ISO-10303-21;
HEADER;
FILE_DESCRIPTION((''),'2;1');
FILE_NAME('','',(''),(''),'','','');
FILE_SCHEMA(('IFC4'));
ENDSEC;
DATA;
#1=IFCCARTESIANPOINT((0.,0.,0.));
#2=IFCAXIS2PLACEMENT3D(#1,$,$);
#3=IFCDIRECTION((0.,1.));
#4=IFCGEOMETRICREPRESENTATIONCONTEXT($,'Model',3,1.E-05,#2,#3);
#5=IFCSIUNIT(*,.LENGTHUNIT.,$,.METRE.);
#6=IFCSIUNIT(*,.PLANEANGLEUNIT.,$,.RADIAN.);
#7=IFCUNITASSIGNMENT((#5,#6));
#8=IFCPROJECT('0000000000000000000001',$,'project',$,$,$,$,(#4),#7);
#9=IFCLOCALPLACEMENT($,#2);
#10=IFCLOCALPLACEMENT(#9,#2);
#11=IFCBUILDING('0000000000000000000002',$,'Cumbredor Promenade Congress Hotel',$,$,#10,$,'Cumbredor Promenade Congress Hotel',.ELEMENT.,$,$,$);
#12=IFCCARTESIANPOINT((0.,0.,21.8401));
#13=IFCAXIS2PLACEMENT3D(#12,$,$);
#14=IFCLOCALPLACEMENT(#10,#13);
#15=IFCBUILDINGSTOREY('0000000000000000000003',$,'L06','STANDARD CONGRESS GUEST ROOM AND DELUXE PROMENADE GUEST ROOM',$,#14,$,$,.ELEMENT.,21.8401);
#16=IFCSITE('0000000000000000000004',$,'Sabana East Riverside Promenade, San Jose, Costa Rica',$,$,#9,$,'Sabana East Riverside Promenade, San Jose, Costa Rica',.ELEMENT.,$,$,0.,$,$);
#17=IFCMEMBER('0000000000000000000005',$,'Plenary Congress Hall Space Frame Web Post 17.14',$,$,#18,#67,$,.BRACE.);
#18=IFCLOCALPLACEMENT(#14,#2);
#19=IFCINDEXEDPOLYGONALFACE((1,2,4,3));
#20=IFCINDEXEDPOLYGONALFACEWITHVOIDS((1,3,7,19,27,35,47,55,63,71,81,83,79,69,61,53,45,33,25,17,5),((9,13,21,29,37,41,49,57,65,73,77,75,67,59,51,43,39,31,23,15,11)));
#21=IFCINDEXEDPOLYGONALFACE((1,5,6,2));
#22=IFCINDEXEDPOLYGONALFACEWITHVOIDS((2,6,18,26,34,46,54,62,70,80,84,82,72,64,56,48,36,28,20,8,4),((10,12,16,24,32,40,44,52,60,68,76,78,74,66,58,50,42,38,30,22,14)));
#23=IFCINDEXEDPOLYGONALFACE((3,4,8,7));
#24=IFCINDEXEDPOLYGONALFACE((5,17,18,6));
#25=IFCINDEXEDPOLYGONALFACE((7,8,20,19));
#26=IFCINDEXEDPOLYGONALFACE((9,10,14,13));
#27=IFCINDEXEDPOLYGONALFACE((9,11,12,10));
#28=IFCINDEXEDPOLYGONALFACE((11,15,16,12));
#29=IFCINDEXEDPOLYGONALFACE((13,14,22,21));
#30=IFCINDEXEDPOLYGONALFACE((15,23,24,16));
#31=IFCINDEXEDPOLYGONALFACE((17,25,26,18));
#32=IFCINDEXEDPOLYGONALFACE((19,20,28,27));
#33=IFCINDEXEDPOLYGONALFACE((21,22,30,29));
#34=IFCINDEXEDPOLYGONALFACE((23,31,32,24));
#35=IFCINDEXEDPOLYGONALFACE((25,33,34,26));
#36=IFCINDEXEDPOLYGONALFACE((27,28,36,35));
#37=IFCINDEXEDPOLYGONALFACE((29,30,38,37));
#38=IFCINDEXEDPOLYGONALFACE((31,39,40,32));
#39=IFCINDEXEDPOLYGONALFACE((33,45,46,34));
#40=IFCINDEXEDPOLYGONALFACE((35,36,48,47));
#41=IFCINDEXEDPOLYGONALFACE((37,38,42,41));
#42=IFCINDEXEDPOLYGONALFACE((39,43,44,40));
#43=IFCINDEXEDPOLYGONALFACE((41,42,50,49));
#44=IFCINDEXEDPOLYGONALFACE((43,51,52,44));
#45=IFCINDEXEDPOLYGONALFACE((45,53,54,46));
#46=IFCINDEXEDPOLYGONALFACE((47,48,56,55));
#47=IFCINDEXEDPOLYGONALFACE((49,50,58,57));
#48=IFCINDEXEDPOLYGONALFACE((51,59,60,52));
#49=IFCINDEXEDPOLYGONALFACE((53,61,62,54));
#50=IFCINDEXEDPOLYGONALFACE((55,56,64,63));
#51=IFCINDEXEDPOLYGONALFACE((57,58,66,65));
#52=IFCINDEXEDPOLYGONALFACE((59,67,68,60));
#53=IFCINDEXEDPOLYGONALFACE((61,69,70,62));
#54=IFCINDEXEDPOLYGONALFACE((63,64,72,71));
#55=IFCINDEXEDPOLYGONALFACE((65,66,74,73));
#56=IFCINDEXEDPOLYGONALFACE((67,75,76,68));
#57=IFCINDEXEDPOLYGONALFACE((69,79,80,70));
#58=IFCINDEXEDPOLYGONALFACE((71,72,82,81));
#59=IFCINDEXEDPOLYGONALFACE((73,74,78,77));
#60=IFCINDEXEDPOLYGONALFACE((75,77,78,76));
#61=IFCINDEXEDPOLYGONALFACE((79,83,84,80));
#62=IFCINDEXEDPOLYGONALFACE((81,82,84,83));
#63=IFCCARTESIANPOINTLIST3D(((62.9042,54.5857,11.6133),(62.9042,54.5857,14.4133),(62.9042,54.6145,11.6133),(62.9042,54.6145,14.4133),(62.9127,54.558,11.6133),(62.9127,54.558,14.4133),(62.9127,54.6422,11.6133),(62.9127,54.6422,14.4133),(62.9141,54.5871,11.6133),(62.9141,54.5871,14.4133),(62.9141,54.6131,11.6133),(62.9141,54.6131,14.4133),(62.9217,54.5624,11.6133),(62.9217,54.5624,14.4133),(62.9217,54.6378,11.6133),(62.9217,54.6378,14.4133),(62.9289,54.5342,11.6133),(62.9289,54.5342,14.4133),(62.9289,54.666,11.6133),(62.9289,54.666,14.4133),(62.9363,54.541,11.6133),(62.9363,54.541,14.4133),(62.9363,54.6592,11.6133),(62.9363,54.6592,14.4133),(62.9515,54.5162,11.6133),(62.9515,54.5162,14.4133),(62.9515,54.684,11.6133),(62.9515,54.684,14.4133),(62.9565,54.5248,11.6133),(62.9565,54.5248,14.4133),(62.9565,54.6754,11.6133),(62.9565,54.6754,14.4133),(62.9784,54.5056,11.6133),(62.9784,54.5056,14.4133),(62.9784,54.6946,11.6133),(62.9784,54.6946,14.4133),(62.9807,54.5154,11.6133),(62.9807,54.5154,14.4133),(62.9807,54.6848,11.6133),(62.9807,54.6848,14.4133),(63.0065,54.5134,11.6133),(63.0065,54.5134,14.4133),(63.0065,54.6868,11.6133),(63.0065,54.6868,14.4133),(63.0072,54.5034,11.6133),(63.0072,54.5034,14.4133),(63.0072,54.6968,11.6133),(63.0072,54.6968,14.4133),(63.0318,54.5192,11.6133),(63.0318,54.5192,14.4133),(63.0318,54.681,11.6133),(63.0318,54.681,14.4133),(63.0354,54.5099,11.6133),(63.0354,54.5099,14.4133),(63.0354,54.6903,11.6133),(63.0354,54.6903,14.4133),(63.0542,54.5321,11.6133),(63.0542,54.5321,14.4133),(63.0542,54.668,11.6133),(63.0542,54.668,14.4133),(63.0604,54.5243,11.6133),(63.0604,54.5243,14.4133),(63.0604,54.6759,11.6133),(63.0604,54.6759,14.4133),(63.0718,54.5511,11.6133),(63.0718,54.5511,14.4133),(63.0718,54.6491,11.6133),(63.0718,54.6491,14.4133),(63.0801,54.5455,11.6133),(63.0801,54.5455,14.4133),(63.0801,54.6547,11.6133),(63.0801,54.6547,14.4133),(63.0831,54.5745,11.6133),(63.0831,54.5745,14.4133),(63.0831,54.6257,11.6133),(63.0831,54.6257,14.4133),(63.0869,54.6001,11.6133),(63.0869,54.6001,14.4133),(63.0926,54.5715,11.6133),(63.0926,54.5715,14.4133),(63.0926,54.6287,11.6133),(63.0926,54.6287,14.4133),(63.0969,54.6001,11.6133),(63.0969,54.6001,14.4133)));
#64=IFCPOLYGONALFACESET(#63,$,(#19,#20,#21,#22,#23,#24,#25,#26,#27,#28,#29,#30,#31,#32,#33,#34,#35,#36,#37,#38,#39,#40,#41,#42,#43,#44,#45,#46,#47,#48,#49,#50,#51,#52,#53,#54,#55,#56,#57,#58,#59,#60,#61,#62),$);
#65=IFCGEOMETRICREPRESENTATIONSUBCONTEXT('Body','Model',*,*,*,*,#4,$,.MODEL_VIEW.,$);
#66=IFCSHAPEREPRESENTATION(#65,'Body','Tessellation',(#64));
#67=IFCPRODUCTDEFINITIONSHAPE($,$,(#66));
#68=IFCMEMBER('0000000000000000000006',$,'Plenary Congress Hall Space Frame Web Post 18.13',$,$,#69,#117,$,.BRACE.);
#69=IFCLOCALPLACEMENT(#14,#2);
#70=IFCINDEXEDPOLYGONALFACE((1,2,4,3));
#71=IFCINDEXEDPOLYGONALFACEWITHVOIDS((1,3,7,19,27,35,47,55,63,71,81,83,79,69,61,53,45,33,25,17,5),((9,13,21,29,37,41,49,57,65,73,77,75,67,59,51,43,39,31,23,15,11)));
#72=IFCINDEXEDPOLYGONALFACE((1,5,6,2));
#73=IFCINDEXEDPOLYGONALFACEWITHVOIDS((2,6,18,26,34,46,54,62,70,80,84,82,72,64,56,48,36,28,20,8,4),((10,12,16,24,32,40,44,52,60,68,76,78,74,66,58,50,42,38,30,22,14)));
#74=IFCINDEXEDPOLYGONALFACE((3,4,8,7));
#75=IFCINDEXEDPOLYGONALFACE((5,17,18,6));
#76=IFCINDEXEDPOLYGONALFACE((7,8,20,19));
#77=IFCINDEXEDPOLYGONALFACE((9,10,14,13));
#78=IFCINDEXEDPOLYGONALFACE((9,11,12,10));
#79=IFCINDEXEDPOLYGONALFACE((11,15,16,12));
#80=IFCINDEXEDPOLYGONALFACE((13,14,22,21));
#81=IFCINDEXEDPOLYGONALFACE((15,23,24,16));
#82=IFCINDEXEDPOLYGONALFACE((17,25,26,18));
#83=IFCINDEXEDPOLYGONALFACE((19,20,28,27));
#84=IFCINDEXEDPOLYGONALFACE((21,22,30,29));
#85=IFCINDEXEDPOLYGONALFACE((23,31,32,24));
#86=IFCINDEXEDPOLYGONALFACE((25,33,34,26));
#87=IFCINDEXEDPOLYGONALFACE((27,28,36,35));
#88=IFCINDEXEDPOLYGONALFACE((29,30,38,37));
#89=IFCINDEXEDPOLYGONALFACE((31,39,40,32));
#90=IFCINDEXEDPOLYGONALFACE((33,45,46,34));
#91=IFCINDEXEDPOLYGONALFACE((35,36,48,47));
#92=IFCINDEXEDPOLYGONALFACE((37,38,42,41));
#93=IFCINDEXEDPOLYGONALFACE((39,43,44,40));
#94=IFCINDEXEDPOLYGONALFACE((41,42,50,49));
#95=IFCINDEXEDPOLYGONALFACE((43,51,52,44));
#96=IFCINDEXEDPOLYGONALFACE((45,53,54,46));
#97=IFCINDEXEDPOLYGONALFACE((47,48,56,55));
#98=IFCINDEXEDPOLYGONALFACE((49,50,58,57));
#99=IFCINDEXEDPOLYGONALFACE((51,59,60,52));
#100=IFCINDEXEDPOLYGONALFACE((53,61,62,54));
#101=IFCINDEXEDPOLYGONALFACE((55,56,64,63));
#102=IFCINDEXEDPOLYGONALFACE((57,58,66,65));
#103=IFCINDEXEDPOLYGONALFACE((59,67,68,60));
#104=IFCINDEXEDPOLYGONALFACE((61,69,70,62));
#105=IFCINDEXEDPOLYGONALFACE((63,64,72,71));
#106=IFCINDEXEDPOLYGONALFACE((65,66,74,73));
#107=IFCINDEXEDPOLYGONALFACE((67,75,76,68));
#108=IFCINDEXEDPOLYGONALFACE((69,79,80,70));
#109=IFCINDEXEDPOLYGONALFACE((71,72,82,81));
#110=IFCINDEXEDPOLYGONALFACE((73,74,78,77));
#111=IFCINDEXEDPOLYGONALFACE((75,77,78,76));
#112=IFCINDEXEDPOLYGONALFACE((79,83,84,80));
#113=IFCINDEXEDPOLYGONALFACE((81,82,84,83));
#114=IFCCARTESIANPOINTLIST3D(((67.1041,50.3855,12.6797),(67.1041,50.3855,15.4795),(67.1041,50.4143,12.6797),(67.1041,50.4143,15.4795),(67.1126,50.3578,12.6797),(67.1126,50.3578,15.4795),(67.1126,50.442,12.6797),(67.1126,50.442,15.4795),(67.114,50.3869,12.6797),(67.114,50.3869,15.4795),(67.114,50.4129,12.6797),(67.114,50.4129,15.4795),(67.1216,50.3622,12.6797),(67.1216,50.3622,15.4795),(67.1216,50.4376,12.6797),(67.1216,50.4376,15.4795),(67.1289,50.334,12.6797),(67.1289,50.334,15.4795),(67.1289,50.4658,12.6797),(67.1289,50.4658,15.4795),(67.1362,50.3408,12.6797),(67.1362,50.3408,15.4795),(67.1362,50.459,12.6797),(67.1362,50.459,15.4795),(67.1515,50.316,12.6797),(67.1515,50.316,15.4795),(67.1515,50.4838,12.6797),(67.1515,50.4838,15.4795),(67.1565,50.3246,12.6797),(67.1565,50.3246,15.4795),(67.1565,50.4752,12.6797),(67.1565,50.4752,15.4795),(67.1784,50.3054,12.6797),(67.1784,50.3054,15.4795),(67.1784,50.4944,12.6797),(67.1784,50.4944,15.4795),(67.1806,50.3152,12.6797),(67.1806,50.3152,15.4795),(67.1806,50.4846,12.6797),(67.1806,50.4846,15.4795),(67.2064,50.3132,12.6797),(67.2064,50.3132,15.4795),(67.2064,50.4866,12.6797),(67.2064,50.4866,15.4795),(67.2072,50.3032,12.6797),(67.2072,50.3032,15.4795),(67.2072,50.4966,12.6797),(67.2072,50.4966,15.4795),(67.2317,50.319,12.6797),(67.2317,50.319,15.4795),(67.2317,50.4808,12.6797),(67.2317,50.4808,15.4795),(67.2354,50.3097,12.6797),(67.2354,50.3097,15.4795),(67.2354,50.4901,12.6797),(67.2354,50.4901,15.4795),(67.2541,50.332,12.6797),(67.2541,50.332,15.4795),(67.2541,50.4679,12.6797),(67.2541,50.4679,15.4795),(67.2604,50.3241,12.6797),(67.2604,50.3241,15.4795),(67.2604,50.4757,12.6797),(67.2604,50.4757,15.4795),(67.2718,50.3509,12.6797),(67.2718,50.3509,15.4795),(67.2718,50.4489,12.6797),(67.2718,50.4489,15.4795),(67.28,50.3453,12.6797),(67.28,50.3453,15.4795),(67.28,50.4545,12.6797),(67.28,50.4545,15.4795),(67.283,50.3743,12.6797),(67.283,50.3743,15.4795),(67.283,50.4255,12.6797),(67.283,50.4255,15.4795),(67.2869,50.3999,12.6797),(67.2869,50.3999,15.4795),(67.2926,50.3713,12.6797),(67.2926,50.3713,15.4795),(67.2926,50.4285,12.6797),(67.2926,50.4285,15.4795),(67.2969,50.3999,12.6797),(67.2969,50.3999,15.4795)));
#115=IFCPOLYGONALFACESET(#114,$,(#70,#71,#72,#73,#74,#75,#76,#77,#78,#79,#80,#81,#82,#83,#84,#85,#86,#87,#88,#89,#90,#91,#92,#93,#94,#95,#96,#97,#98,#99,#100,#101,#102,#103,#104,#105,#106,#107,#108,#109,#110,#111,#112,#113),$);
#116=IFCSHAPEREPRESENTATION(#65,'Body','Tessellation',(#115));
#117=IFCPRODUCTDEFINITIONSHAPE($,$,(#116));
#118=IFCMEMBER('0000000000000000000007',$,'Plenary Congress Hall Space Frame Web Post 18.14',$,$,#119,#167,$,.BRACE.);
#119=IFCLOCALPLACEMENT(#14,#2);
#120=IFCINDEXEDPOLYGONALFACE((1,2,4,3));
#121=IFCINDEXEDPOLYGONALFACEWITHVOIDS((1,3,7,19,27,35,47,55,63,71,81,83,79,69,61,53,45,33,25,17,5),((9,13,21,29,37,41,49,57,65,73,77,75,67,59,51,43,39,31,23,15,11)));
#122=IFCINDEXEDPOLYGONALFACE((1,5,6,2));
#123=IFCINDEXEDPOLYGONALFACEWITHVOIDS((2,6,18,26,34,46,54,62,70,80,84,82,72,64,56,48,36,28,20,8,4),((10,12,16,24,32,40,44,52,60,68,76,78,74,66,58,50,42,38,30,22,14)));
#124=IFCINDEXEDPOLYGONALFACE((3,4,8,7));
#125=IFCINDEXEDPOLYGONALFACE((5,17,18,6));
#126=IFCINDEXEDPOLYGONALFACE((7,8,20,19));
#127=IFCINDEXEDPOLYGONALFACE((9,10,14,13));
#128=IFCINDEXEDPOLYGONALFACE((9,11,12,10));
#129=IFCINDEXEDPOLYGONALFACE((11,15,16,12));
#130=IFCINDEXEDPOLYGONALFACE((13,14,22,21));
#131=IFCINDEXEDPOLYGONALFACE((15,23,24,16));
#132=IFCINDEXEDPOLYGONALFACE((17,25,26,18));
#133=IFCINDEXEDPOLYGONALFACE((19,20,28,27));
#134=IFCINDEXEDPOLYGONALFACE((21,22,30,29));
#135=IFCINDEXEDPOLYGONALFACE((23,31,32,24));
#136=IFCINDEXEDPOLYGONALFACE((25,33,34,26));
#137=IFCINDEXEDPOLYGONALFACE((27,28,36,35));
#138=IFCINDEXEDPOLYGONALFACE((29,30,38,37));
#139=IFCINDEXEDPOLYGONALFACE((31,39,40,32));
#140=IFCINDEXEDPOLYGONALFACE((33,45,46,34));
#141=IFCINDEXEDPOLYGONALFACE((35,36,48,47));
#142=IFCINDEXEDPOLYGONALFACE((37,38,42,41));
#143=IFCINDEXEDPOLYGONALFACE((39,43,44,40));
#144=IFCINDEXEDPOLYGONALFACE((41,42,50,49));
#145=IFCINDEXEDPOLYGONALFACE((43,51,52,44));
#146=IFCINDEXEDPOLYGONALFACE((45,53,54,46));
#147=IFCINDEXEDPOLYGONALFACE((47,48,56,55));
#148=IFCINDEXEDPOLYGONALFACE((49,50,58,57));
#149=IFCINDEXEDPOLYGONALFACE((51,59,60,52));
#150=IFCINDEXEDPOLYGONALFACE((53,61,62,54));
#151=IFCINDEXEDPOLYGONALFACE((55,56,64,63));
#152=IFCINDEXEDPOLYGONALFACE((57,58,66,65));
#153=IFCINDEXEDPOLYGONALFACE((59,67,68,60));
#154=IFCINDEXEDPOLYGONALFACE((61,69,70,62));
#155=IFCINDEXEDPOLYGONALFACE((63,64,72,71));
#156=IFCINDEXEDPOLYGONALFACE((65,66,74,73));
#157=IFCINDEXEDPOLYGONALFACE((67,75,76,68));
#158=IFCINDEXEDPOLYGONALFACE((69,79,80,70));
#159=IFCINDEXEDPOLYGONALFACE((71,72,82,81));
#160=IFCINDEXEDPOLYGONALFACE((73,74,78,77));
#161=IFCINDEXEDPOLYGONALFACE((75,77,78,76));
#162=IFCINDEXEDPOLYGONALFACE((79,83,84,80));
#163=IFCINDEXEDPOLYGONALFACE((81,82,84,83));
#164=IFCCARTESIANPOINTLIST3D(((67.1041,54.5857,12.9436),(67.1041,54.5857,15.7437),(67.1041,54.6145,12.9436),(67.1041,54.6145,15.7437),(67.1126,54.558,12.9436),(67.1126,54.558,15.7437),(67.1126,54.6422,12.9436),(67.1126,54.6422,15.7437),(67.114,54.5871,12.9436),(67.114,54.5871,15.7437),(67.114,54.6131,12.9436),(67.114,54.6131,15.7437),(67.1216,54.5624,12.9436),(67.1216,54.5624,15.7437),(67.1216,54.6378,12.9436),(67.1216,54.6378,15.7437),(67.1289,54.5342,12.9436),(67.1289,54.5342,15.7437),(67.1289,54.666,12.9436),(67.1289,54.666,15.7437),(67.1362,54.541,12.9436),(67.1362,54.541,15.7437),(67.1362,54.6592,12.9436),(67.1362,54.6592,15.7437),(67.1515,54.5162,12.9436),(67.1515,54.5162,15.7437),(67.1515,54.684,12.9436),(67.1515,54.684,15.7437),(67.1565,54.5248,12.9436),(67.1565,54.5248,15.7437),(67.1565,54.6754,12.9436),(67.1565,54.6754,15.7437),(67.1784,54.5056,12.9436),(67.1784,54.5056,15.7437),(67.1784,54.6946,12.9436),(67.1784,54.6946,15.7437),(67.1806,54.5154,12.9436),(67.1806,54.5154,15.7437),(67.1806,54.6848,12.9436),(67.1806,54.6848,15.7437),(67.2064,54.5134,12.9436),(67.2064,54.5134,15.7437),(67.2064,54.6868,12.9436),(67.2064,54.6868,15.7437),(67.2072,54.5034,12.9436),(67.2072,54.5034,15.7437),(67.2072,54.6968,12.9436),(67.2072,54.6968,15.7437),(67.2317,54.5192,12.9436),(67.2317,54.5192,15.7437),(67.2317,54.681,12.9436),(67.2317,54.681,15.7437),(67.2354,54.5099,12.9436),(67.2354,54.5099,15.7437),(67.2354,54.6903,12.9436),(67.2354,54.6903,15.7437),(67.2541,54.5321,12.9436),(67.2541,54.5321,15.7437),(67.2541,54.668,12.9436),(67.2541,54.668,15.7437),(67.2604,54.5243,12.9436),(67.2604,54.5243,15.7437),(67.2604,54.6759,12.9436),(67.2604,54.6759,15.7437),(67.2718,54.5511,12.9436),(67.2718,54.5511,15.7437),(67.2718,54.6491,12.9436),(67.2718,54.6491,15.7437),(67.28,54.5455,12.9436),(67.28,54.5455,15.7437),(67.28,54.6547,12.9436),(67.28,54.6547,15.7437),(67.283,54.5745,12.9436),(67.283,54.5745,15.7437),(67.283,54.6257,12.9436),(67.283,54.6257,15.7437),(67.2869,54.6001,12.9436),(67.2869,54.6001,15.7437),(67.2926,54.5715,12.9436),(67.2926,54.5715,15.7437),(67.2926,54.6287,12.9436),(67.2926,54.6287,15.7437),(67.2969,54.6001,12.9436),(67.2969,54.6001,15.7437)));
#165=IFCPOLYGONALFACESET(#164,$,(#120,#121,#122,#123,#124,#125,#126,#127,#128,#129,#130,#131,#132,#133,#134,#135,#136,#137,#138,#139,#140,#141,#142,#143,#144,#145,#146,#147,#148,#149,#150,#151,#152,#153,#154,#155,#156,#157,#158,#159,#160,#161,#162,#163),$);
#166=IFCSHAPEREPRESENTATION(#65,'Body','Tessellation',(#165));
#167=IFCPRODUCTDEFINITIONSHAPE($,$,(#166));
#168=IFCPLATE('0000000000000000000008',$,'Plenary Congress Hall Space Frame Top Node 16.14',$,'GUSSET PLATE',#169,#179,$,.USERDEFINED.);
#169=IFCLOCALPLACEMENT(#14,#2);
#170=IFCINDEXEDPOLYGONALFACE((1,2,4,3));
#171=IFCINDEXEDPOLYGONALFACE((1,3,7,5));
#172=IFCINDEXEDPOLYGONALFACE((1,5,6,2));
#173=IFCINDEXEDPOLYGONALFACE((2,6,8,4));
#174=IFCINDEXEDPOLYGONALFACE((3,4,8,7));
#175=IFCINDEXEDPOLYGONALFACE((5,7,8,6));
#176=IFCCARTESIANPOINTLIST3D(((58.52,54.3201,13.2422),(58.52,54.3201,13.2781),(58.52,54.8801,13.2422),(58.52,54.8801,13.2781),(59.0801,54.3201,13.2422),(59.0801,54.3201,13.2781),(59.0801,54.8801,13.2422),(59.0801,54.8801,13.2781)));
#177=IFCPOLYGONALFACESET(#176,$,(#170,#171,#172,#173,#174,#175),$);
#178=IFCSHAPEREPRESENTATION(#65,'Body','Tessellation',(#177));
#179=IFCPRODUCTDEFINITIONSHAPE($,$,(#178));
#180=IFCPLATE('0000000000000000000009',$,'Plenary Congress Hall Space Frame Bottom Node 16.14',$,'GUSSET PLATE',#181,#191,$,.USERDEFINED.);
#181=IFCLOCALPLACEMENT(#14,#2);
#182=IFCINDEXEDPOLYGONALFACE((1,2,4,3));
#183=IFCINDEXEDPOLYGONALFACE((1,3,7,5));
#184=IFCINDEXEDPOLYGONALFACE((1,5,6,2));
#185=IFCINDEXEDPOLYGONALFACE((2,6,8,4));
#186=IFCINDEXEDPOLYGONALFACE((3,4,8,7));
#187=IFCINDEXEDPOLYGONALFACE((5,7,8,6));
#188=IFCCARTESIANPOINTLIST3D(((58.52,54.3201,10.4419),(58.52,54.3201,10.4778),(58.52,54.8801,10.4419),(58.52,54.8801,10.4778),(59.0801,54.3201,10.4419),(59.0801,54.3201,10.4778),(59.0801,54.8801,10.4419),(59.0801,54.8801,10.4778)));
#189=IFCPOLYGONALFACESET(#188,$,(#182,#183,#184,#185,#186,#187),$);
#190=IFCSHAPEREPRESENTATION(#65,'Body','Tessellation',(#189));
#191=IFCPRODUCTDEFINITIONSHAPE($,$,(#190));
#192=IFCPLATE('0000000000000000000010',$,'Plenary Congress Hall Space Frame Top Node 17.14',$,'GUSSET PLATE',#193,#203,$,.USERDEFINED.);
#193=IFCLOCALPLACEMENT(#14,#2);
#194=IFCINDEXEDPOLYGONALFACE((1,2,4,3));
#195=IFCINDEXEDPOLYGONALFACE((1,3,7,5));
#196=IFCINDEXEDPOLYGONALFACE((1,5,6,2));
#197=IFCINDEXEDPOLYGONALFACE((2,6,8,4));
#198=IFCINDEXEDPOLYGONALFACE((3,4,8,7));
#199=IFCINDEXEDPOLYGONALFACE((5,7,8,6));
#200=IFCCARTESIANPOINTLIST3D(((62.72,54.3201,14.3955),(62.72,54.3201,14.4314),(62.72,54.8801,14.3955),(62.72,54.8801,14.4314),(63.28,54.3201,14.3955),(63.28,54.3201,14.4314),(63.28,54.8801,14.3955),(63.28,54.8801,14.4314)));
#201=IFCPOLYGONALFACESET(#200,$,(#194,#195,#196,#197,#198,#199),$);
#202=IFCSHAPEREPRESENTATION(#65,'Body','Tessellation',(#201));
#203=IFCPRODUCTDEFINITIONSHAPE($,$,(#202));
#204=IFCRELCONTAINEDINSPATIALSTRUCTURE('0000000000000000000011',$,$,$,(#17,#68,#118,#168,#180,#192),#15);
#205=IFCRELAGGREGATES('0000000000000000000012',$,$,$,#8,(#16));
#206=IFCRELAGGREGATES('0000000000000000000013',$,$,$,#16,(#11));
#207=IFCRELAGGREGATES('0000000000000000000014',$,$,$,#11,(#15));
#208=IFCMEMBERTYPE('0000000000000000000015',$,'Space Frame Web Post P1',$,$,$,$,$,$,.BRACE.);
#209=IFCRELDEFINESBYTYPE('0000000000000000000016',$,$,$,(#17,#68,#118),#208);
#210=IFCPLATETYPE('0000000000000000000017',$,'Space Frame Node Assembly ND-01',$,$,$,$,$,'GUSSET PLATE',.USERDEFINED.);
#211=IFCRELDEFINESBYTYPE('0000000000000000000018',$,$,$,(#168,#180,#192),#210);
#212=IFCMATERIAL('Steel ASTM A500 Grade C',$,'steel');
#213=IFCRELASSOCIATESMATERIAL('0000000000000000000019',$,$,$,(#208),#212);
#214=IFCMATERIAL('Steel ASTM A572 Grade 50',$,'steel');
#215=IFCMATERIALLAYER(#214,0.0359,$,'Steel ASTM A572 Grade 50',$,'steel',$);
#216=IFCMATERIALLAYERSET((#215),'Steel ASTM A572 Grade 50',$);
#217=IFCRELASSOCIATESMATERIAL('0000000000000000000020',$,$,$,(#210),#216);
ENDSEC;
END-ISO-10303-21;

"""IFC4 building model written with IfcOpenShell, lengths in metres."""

from ifc_helpers import new_model, si_unit, direction, frame, origin, origin_2d, place, context, subcontext, project, spatial, rectangle, hollow_circle, extrude, material, layer, layer_set, material_profile, profile_set, type_object, element, save


model = new_model("IFC4")

# Units and contexts
model_context = context("Model", 3, precision=1e-05, world=origin(), true_north=direction((0.0, 1.0)))
body_context = subcontext(model_context, "Body", "Model", "MODEL_VIEW")
ifc_project = project(units=[si_unit("LENGTHUNIT", "METRE"), si_unit("PLANEANGLEUNIT", "RADIAN")], contexts=[model_context])

# Site, building, storey
site_placement = place(None, origin())
site = spatial("IfcSite", under=ifc_project, at=site_placement, Name="Sabana East Riverside Promenade, San Jose, Costa Rica", LongName="Sabana East Riverside Promenade, San Jose, Costa Rica", CompositionType="ELEMENT", RefElevation=0.0)
building_placement = place(site_placement, origin())
building = spatial("IfcBuilding", under=site, at=building_placement, Name="Cumbredor Promenade Congress Hotel", LongName="Cumbredor Promenade Congress Hotel", CompositionType="ELEMENT")
storey_placement = place(building_placement, frame((0.0, 0.0, 21.8401)))
storey = spatial("IfcBuildingStorey", under=building, at=storey_placement, Name="L06", Description="STANDARD CONGRESS GUEST ROOM AND DELUXE PROMENADE GUEST ROOM", CompositionType="ELEMENT", Elevation=21.8401)

# Members
ifc_material_1 = material(Name="Steel ASTM A500 Grade C", Category="steel")
ifc_material_profile_1 = material_profile(ifc_material_1, hollow_circle(Radius=0.0969, WallThickness=0.01, at=origin_2d()), Name="CHS 193.7x10")
ifc_profile_set_1 = profile_set([ifc_material_profile_1], Name="Steel ASTM A500 Grade C")
member_type_1 = type_object("IfcMemberType", Name="Space Frame Web Post P1", PredefinedType="BRACE", material=ifc_profile_set_1)
for number, where, z_axis, x_axis, name in (
    (1, (63.0, 54.6001, 11.6133), (0.0, 0.0, 1.0), (1.0, 0.0, 0.0), "Plenary Congress Hall Space Frame Web Post 17.14"),
):
    element("IfcMember", number, at=place(storey_placement, frame(where, z_axis=z_axis, x_axis=x_axis)), inside=storey, type_object=member_type_1, Name=name, PredefinedType="BRACE", context=body_context, shape_type="SweptSolid", body=[
        extrude(hollow_circle(Radius=0.0969, WallThickness=0.01, at=origin_2d()), origin(), (0.0, 0.0, 1.0), 2.8),
    ])
member_1_placement = place(storey_placement, frame((67.2, 50.3999, 12.6797), z_axis=(0.0, 0.0, 1.0), x_axis=(1.0, 0.0, 0.0)))
element("IfcMember", 2, at=member_1_placement, inside=storey, type_object=member_type_1, Name="Plenary Congress Hall Space Frame Web Post 18.13", PredefinedType="BRACE", context=body_context, shape_type="SweptSolid", body=[
    extrude(hollow_circle(Radius=0.0969, WallThickness=0.01, at=origin_2d()), origin(), (0.0, 0.0, 1.0), 2.7998),
])
member_2_placement = place(storey_placement, frame((67.2, 54.6001, 12.9436), z_axis=(0.0, 0.0, 1.0), x_axis=(1.0, 0.0, 0.0)))
element("IfcMember", 3, at=member_2_placement, inside=storey, type_object=member_type_1, Name="Plenary Congress Hall Space Frame Web Post 18.14", PredefinedType="BRACE", context=body_context, shape_type="SweptSolid", body=[
    extrude(hollow_circle(Radius=0.0969, WallThickness=0.01, at=origin_2d()), origin(), (0.0, 0.0, 1.0), 2.8),
])

# Plates
ifc_material_2 = material(Name="Steel ASTM A572 Grade 50", Category="steel")
ifc_layer = layer(ifc_material_2, 0.0359, Name="Steel ASTM A572 Grade 50", Category="steel")
ifc_layer_set = layer_set([ifc_layer], Name="Steel ASTM A572 Grade 50")
plate_type = type_object("IfcPlateType", Name="Space Frame Node Assembly ND-01", ElementType="GUSSET PLATE", PredefinedType="USERDEFINED", material=ifc_layer_set)
for number, where, z_axis, x_axis, name in (
    (4, (58.8, 54.6001, 13.2422), (0.0, 0.0, 1.0), (1.0, 0.0, 0.0), "Plenary Congress Hall Space Frame Top Node 16.14"),
    (5, (58.8, 54.6001, 10.4419), (0.0, 0.0, 1.0), (1.0, 0.0, 0.0), "Plenary Congress Hall Space Frame Bottom Node 16.14"),
    (6, (63.0, 54.6001, 14.3955), (0.0, 0.0, 1.0), (1.0, 0.0, 0.0), "Plenary Congress Hall Space Frame Top Node 17.14"),
):
    element("IfcPlate", number, at=place(storey_placement, frame(where, z_axis=z_axis, x_axis=x_axis)), inside=storey, type_object=plate_type, Name=name, ObjectType="GUSSET PLATE", PredefinedType="USERDEFINED", context=body_context, shape_type="SweptSolid", body=[
        extrude(rectangle(XDim=0.5601, YDim=0.5601, at=origin_2d()), origin(), (0.0, 0.0, 1.0), 0.0359),
    ])

save(model, "model.ifc")
